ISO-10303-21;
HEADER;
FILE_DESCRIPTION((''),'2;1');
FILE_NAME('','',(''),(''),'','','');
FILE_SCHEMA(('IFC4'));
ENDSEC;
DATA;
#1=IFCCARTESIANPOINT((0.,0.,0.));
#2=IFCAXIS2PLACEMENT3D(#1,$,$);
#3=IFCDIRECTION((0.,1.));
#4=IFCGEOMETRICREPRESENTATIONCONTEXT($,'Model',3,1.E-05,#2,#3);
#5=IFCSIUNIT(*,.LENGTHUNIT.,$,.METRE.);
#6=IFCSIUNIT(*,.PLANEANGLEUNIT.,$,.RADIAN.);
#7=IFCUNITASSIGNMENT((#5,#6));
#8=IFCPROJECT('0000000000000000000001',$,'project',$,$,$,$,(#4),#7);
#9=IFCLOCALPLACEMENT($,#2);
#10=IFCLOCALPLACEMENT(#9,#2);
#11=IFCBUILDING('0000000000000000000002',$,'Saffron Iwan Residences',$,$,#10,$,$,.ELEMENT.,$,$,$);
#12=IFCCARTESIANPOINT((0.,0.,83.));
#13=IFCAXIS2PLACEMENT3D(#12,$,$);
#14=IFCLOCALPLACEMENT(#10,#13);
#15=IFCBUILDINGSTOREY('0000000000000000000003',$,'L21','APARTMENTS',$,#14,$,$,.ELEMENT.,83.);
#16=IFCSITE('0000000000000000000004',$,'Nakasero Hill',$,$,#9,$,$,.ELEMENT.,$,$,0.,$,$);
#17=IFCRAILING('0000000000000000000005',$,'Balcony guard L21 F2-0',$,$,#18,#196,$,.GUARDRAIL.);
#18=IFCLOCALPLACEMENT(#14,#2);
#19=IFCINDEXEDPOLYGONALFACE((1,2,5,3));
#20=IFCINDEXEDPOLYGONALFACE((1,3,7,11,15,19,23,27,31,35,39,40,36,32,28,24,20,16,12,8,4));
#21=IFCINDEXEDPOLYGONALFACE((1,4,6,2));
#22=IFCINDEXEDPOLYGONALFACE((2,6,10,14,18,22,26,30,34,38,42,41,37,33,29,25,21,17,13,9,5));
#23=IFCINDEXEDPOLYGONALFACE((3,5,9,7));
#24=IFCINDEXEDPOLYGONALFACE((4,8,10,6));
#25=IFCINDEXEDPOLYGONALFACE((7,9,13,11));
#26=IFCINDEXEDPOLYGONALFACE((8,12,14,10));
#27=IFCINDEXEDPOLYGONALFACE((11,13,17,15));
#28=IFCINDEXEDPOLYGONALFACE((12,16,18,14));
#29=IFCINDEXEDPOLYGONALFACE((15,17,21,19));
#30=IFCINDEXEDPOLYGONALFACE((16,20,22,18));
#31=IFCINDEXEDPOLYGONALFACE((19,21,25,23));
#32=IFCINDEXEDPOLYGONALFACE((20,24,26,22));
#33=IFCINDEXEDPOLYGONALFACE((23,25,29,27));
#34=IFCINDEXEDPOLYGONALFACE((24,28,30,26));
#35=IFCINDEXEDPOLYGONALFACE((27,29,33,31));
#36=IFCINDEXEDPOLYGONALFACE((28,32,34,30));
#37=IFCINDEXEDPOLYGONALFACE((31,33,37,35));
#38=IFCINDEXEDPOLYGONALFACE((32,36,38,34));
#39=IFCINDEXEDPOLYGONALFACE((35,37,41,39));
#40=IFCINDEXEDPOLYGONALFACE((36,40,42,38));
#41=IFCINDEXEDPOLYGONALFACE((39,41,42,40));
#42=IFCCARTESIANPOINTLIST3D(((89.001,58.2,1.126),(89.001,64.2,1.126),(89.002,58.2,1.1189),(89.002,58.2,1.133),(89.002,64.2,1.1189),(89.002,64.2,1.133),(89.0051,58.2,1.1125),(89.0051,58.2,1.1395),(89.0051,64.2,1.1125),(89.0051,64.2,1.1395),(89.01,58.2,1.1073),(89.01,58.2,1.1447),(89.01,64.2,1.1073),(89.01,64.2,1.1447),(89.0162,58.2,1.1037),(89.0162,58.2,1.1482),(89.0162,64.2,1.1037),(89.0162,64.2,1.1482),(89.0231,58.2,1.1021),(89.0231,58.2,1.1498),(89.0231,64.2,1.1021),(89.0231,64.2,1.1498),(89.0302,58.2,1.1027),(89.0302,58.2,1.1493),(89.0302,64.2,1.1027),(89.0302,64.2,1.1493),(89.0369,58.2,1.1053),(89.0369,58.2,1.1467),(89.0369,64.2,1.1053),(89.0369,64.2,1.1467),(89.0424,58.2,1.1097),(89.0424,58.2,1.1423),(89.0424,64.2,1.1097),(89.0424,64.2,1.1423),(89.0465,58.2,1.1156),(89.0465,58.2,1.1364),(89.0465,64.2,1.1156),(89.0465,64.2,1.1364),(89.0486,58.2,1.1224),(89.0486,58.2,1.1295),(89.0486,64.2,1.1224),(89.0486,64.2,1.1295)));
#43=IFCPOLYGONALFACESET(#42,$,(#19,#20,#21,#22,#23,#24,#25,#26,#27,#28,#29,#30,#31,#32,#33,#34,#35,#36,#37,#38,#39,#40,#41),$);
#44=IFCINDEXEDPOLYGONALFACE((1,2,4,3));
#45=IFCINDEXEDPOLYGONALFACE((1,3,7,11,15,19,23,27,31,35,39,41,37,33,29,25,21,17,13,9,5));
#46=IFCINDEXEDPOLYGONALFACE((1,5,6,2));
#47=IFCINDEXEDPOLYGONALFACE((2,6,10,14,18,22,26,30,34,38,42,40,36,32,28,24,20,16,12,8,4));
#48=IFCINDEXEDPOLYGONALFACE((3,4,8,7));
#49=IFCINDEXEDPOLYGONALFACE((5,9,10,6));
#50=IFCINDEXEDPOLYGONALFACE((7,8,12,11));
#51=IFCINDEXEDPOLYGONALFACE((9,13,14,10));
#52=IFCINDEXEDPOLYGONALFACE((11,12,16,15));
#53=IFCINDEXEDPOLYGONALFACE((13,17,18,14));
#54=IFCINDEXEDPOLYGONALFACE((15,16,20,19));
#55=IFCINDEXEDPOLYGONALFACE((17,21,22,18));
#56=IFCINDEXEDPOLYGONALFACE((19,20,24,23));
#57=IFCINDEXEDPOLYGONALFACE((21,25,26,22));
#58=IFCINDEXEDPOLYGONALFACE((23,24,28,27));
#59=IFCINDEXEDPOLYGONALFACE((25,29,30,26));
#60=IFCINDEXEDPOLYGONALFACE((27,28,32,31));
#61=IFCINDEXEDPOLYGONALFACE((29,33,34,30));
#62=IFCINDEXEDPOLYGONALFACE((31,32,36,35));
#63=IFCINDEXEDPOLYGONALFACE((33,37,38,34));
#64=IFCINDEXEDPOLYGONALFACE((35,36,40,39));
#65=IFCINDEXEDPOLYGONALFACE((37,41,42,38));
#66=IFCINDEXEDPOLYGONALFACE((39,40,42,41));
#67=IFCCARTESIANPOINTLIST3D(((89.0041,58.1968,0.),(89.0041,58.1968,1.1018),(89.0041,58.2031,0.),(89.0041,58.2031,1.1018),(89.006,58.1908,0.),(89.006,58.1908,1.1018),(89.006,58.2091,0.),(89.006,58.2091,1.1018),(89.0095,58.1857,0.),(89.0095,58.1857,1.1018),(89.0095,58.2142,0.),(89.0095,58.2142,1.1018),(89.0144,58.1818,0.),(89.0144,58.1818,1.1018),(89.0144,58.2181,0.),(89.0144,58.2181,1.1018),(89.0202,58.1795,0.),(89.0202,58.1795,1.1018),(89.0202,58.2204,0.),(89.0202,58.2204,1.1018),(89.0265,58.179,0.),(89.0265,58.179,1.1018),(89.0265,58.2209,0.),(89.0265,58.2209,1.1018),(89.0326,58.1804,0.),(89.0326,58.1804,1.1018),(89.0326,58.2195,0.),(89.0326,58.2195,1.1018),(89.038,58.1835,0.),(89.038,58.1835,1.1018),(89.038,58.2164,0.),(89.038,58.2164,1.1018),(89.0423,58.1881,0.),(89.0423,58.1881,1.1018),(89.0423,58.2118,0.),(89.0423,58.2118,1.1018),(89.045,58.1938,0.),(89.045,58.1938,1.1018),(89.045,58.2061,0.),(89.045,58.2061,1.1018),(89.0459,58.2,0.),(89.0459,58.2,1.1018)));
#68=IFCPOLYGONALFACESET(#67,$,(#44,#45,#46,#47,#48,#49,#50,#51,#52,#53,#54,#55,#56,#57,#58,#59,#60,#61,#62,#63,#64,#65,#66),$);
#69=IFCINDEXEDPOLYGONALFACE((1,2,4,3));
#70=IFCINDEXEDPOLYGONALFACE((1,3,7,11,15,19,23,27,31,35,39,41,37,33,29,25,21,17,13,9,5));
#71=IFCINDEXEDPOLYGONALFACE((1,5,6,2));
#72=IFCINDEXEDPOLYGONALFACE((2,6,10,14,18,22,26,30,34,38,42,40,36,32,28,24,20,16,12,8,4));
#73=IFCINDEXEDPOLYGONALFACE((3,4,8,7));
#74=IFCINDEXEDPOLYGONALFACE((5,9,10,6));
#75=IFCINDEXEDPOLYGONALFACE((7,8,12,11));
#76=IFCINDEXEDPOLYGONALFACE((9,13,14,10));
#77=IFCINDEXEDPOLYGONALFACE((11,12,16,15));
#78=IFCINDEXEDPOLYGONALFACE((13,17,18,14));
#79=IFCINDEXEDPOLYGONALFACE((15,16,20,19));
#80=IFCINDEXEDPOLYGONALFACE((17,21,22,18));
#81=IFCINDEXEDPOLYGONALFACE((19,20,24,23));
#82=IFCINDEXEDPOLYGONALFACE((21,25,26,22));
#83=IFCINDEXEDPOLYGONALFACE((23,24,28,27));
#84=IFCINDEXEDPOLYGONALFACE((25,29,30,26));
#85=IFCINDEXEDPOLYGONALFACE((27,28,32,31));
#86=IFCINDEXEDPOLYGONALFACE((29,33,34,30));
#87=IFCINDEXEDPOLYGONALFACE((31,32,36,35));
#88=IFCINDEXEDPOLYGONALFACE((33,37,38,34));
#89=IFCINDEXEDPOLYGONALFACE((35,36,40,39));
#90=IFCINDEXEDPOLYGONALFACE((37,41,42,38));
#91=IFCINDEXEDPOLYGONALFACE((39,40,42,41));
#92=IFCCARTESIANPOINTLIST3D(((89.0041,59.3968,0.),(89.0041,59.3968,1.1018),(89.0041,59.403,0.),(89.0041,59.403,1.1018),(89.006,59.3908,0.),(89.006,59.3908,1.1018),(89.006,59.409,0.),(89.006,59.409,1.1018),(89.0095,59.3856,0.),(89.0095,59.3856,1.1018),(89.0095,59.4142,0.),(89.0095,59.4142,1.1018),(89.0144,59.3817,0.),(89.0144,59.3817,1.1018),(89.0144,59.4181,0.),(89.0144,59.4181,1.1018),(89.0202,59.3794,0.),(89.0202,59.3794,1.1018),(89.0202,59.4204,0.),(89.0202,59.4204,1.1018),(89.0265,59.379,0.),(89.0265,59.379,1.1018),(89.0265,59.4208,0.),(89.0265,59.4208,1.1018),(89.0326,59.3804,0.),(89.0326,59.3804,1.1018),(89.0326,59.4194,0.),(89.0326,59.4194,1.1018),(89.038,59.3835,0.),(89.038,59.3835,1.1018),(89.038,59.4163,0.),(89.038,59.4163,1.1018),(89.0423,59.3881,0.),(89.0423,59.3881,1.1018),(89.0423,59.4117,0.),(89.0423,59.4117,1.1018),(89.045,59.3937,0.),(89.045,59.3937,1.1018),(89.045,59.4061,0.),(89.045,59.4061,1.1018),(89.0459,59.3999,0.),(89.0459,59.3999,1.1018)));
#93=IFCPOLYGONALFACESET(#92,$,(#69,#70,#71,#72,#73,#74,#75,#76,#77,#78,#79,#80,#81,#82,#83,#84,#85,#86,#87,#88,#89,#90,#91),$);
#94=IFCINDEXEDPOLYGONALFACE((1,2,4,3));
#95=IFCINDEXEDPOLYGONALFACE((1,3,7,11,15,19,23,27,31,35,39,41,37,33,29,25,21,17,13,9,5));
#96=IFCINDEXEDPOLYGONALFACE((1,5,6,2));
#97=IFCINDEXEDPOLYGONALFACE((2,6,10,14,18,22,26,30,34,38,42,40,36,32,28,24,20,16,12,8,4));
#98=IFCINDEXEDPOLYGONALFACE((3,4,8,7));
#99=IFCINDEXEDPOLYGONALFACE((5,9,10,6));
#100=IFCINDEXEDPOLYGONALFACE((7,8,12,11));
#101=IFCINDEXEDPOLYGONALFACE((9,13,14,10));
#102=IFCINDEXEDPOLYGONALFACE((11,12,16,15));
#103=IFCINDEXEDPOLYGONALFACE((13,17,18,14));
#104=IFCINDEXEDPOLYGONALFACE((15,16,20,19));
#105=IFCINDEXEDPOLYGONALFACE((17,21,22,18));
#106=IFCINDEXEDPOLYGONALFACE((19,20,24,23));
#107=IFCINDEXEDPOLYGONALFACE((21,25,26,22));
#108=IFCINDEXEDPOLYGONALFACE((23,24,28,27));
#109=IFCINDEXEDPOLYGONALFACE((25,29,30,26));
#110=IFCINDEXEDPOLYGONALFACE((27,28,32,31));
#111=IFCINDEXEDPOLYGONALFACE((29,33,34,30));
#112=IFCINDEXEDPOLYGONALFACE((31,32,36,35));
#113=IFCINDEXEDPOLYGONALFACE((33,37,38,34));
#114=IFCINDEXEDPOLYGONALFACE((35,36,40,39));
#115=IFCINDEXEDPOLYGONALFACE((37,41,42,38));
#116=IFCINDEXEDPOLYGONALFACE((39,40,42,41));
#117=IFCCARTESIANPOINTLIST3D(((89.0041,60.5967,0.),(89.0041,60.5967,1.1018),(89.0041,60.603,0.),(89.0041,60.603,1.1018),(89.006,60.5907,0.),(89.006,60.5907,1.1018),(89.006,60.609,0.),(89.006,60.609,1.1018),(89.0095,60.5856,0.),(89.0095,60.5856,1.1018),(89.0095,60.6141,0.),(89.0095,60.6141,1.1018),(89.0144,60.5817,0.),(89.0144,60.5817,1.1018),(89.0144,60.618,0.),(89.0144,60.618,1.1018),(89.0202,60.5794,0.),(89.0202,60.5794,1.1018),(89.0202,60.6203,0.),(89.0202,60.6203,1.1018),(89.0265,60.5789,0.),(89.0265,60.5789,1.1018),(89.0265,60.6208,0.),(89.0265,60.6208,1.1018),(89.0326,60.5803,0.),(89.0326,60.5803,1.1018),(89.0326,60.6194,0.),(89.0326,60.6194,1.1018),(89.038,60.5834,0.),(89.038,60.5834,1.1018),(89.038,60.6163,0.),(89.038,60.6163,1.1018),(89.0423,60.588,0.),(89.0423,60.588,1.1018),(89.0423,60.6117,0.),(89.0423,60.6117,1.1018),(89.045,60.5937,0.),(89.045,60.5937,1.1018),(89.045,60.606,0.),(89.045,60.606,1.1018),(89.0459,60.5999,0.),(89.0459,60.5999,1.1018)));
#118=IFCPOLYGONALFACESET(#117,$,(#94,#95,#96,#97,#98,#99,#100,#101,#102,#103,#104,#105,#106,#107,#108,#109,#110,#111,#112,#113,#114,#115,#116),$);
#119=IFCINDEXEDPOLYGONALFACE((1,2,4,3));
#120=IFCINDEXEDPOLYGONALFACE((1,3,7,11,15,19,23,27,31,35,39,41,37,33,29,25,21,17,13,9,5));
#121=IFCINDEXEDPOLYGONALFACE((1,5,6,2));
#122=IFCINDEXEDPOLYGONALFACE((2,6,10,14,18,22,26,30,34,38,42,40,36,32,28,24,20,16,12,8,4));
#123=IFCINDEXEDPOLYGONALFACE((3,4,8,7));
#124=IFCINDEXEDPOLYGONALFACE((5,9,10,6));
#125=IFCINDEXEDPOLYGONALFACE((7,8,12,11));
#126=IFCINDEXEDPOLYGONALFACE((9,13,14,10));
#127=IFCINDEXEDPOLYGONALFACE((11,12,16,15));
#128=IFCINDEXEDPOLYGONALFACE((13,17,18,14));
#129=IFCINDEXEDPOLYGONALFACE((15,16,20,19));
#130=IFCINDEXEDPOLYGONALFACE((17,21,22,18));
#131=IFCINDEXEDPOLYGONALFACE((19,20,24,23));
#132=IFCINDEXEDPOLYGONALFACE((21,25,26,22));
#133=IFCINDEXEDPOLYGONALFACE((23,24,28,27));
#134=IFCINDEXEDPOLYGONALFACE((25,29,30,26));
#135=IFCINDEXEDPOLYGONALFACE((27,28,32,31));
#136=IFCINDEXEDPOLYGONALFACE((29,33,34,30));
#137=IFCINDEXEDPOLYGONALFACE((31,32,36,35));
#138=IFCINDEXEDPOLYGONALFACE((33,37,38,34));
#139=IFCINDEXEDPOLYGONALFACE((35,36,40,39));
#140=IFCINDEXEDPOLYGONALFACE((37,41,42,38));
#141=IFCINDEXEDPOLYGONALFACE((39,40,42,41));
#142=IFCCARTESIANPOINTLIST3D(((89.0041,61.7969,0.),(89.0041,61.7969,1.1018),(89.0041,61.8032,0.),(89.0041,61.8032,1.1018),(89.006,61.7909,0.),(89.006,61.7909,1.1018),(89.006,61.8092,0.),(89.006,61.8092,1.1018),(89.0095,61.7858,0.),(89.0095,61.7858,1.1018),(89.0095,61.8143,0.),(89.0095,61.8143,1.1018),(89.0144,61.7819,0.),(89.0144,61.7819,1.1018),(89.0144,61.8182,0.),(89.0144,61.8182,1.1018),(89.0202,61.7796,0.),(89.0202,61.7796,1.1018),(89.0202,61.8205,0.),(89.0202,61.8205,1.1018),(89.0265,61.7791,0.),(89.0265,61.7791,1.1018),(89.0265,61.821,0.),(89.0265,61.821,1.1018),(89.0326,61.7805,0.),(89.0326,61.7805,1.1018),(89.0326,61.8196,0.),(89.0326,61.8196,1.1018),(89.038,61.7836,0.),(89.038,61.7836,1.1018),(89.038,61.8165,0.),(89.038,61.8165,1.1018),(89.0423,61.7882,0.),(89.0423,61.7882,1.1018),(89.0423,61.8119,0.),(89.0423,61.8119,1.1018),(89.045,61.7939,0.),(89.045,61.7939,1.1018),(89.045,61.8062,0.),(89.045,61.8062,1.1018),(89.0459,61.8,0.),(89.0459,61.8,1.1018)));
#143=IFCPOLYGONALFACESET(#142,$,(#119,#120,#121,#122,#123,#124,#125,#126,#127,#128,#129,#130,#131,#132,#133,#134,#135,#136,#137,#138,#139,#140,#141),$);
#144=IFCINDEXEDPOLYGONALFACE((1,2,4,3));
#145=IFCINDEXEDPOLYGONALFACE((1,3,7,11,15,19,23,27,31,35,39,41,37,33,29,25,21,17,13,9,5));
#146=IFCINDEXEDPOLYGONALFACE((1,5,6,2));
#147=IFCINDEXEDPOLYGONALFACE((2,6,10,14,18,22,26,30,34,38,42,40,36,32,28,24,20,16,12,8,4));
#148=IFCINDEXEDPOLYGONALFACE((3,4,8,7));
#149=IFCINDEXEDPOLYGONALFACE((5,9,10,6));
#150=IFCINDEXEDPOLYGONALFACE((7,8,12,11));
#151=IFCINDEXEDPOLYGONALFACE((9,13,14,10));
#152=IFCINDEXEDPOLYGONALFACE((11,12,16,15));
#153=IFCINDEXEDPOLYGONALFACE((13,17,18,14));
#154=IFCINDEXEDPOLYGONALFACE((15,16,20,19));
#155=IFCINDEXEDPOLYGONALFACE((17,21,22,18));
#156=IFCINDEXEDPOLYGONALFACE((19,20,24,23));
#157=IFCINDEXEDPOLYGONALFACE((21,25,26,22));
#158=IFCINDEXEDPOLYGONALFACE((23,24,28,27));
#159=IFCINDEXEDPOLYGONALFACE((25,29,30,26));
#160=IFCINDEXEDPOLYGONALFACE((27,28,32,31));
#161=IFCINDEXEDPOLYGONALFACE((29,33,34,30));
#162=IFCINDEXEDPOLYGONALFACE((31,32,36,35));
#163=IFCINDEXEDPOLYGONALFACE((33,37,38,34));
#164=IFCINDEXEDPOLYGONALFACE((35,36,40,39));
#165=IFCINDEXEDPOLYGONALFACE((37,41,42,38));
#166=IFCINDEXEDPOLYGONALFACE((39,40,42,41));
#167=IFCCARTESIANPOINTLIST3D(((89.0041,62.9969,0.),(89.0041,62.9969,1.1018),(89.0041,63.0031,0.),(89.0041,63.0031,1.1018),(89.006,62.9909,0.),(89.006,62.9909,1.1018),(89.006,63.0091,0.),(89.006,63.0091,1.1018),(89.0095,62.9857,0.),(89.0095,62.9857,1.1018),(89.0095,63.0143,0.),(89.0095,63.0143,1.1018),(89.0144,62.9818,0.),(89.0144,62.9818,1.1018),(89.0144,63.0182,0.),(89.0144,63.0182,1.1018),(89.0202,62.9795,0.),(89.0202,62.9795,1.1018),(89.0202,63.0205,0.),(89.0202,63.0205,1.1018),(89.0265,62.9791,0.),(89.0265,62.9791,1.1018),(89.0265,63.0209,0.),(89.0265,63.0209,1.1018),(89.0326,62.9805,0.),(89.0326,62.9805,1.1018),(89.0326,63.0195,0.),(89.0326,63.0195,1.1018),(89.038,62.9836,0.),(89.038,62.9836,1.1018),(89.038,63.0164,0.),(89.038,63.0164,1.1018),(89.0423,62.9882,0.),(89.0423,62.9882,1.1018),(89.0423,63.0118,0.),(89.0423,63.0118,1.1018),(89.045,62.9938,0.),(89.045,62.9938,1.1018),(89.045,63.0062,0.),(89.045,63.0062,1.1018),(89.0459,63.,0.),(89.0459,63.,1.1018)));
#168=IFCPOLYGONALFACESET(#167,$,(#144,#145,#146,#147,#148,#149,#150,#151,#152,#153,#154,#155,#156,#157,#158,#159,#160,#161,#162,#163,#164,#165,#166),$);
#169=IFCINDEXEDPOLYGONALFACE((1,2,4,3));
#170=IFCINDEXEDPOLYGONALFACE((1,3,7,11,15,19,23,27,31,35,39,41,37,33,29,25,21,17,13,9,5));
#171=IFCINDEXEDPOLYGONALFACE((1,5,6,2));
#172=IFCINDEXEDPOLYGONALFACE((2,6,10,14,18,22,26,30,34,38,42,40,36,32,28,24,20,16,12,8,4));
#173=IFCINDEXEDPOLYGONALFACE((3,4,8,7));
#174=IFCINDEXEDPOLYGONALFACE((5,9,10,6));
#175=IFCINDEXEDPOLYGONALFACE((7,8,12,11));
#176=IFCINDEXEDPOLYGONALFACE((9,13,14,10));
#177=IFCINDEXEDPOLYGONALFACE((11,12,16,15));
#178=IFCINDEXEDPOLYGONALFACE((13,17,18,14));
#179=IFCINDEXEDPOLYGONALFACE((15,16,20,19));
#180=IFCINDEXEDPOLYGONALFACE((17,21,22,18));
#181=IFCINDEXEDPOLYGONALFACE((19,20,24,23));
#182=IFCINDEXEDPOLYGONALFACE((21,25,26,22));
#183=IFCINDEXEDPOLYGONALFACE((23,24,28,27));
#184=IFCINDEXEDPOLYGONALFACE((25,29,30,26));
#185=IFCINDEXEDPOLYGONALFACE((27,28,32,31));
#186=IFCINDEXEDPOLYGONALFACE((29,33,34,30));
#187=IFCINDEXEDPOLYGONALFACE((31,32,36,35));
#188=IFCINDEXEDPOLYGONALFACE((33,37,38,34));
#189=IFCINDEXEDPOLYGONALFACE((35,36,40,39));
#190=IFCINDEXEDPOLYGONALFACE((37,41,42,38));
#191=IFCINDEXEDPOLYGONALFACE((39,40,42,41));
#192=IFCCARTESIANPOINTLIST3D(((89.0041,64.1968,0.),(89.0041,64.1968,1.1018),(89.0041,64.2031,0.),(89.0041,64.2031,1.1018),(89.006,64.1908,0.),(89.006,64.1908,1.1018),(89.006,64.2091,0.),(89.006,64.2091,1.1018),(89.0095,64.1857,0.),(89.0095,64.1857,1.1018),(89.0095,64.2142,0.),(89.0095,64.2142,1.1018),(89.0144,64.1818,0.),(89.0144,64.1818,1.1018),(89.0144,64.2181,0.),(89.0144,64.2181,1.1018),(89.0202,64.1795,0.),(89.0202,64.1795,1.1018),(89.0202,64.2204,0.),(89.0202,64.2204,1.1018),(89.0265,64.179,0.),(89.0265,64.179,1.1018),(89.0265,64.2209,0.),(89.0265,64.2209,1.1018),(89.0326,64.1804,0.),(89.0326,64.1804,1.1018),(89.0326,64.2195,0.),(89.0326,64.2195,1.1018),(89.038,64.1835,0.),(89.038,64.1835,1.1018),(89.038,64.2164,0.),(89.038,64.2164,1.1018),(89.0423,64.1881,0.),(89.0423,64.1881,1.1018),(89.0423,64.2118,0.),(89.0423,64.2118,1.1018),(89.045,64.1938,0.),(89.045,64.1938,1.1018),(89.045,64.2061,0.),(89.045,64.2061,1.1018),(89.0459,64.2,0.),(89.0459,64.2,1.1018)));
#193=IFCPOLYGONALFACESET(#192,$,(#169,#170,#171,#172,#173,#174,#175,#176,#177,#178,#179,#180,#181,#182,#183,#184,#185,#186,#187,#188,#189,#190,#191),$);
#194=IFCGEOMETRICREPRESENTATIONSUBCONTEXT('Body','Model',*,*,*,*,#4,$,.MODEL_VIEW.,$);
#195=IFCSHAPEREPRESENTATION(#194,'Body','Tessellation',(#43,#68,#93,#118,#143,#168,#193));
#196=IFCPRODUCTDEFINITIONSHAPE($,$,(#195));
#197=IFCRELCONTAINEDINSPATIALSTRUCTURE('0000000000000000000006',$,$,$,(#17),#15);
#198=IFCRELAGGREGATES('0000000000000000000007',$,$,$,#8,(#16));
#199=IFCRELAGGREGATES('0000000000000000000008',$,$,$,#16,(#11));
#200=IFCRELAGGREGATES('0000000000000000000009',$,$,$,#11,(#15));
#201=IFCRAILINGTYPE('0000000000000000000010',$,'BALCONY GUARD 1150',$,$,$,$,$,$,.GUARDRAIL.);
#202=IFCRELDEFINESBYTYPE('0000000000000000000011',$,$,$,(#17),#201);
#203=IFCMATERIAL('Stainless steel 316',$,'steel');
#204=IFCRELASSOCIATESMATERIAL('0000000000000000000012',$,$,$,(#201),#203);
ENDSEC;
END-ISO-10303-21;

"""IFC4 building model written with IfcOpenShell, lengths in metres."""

from ifc_helpers import new_model, si_unit, direction, frame, origin, origin_2d, place, context, subcontext, project, spatial, circle, extrude, material, type_object, element, save


model = new_model("IFC4")

# Units and contexts
model_context = context("Model", 3, precision=1e-05, world=origin(), true_north=direction((0.0, 1.0)))
body_context = subcontext(model_context, "Body", "Model", "MODEL_VIEW")
ifc_project = project(units=[si_unit("LENGTHUNIT", "METRE"), si_unit("PLANEANGLEUNIT", "RADIAN")], contexts=[model_context])

# Site, building, storey
site_placement = place(None, origin())
site = spatial("IfcSite", under=ifc_project, at=site_placement, Name="Nakasero Hill", CompositionType="ELEMENT", RefElevation=0.0)
building_placement = place(site_placement, origin())
building = spatial("IfcBuilding", under=site, at=building_placement, Name="Saffron Iwan Residences", CompositionType="ELEMENT")
storey_placement = place(building_placement, frame((0.0, 0.0, 83.0)))
storey = spatial("IfcBuildingStorey", under=building, at=storey_placement, Name="L21", Description="APARTMENTS", CompositionType="ELEMENT", Elevation=83.0)

# Railing
ifc_material_1 = material(Name="Stainless steel 316", Category="steel")
railing_type_1 = type_object("IfcRailingType", Name="BALCONY GUARD 1150", PredefinedType="GUARDRAIL", material=ifc_material_1)
railing_1_placement = place(storey_placement, frame((89.0249, 58.2, 0.0)))
element("IfcRailing", 1, at=railing_1_placement, inside=storey, type_object=railing_type_1, Name="Balcony guard L21 F2-0", PredefinedType="GUARDRAIL", context=body_context, shape_type="SweptSolid", body=[
    extrude(circle(Radius=0.0239, at=origin_2d()), frame((0.0, 0.0, 1.126), z_axis=(0.0, 1.0, 0.0), x_axis=(-1.0, 0.0, 0.0)), (0.0, 0.0, 1.0), 6.0),
    extrude(circle(Radius=0.021, at=origin_2d()), origin(), (0.0, 0.0, 1.0), 1.1018),
    extrude(circle(Radius=0.021, at=origin_2d()), frame((0.0, 1.2, 0.0)), (0.0, 0.0, 1.0), 1.1018),
    extrude(circle(Radius=0.021, at=origin_2d()), frame((0.0, 2.3999, 0.0)), (0.0, 0.0, 1.0), 1.1018),
    extrude(circle(Radius=0.021, at=origin_2d()), frame((0.0, 3.6001, 0.0)), (0.0, 0.0, 1.0), 1.1018),
    extrude(circle(Radius=0.021, at=origin_2d()), frame((0.0, 4.8, 0.0)), (0.0, 0.0, 1.0), 1.1018),
    extrude(circle(Radius=0.021, at=origin_2d()), frame((0.0, 6.0, 0.0)), (0.0, 0.0, 1.0), 1.1018),
])

save(model, "model.ifc")
